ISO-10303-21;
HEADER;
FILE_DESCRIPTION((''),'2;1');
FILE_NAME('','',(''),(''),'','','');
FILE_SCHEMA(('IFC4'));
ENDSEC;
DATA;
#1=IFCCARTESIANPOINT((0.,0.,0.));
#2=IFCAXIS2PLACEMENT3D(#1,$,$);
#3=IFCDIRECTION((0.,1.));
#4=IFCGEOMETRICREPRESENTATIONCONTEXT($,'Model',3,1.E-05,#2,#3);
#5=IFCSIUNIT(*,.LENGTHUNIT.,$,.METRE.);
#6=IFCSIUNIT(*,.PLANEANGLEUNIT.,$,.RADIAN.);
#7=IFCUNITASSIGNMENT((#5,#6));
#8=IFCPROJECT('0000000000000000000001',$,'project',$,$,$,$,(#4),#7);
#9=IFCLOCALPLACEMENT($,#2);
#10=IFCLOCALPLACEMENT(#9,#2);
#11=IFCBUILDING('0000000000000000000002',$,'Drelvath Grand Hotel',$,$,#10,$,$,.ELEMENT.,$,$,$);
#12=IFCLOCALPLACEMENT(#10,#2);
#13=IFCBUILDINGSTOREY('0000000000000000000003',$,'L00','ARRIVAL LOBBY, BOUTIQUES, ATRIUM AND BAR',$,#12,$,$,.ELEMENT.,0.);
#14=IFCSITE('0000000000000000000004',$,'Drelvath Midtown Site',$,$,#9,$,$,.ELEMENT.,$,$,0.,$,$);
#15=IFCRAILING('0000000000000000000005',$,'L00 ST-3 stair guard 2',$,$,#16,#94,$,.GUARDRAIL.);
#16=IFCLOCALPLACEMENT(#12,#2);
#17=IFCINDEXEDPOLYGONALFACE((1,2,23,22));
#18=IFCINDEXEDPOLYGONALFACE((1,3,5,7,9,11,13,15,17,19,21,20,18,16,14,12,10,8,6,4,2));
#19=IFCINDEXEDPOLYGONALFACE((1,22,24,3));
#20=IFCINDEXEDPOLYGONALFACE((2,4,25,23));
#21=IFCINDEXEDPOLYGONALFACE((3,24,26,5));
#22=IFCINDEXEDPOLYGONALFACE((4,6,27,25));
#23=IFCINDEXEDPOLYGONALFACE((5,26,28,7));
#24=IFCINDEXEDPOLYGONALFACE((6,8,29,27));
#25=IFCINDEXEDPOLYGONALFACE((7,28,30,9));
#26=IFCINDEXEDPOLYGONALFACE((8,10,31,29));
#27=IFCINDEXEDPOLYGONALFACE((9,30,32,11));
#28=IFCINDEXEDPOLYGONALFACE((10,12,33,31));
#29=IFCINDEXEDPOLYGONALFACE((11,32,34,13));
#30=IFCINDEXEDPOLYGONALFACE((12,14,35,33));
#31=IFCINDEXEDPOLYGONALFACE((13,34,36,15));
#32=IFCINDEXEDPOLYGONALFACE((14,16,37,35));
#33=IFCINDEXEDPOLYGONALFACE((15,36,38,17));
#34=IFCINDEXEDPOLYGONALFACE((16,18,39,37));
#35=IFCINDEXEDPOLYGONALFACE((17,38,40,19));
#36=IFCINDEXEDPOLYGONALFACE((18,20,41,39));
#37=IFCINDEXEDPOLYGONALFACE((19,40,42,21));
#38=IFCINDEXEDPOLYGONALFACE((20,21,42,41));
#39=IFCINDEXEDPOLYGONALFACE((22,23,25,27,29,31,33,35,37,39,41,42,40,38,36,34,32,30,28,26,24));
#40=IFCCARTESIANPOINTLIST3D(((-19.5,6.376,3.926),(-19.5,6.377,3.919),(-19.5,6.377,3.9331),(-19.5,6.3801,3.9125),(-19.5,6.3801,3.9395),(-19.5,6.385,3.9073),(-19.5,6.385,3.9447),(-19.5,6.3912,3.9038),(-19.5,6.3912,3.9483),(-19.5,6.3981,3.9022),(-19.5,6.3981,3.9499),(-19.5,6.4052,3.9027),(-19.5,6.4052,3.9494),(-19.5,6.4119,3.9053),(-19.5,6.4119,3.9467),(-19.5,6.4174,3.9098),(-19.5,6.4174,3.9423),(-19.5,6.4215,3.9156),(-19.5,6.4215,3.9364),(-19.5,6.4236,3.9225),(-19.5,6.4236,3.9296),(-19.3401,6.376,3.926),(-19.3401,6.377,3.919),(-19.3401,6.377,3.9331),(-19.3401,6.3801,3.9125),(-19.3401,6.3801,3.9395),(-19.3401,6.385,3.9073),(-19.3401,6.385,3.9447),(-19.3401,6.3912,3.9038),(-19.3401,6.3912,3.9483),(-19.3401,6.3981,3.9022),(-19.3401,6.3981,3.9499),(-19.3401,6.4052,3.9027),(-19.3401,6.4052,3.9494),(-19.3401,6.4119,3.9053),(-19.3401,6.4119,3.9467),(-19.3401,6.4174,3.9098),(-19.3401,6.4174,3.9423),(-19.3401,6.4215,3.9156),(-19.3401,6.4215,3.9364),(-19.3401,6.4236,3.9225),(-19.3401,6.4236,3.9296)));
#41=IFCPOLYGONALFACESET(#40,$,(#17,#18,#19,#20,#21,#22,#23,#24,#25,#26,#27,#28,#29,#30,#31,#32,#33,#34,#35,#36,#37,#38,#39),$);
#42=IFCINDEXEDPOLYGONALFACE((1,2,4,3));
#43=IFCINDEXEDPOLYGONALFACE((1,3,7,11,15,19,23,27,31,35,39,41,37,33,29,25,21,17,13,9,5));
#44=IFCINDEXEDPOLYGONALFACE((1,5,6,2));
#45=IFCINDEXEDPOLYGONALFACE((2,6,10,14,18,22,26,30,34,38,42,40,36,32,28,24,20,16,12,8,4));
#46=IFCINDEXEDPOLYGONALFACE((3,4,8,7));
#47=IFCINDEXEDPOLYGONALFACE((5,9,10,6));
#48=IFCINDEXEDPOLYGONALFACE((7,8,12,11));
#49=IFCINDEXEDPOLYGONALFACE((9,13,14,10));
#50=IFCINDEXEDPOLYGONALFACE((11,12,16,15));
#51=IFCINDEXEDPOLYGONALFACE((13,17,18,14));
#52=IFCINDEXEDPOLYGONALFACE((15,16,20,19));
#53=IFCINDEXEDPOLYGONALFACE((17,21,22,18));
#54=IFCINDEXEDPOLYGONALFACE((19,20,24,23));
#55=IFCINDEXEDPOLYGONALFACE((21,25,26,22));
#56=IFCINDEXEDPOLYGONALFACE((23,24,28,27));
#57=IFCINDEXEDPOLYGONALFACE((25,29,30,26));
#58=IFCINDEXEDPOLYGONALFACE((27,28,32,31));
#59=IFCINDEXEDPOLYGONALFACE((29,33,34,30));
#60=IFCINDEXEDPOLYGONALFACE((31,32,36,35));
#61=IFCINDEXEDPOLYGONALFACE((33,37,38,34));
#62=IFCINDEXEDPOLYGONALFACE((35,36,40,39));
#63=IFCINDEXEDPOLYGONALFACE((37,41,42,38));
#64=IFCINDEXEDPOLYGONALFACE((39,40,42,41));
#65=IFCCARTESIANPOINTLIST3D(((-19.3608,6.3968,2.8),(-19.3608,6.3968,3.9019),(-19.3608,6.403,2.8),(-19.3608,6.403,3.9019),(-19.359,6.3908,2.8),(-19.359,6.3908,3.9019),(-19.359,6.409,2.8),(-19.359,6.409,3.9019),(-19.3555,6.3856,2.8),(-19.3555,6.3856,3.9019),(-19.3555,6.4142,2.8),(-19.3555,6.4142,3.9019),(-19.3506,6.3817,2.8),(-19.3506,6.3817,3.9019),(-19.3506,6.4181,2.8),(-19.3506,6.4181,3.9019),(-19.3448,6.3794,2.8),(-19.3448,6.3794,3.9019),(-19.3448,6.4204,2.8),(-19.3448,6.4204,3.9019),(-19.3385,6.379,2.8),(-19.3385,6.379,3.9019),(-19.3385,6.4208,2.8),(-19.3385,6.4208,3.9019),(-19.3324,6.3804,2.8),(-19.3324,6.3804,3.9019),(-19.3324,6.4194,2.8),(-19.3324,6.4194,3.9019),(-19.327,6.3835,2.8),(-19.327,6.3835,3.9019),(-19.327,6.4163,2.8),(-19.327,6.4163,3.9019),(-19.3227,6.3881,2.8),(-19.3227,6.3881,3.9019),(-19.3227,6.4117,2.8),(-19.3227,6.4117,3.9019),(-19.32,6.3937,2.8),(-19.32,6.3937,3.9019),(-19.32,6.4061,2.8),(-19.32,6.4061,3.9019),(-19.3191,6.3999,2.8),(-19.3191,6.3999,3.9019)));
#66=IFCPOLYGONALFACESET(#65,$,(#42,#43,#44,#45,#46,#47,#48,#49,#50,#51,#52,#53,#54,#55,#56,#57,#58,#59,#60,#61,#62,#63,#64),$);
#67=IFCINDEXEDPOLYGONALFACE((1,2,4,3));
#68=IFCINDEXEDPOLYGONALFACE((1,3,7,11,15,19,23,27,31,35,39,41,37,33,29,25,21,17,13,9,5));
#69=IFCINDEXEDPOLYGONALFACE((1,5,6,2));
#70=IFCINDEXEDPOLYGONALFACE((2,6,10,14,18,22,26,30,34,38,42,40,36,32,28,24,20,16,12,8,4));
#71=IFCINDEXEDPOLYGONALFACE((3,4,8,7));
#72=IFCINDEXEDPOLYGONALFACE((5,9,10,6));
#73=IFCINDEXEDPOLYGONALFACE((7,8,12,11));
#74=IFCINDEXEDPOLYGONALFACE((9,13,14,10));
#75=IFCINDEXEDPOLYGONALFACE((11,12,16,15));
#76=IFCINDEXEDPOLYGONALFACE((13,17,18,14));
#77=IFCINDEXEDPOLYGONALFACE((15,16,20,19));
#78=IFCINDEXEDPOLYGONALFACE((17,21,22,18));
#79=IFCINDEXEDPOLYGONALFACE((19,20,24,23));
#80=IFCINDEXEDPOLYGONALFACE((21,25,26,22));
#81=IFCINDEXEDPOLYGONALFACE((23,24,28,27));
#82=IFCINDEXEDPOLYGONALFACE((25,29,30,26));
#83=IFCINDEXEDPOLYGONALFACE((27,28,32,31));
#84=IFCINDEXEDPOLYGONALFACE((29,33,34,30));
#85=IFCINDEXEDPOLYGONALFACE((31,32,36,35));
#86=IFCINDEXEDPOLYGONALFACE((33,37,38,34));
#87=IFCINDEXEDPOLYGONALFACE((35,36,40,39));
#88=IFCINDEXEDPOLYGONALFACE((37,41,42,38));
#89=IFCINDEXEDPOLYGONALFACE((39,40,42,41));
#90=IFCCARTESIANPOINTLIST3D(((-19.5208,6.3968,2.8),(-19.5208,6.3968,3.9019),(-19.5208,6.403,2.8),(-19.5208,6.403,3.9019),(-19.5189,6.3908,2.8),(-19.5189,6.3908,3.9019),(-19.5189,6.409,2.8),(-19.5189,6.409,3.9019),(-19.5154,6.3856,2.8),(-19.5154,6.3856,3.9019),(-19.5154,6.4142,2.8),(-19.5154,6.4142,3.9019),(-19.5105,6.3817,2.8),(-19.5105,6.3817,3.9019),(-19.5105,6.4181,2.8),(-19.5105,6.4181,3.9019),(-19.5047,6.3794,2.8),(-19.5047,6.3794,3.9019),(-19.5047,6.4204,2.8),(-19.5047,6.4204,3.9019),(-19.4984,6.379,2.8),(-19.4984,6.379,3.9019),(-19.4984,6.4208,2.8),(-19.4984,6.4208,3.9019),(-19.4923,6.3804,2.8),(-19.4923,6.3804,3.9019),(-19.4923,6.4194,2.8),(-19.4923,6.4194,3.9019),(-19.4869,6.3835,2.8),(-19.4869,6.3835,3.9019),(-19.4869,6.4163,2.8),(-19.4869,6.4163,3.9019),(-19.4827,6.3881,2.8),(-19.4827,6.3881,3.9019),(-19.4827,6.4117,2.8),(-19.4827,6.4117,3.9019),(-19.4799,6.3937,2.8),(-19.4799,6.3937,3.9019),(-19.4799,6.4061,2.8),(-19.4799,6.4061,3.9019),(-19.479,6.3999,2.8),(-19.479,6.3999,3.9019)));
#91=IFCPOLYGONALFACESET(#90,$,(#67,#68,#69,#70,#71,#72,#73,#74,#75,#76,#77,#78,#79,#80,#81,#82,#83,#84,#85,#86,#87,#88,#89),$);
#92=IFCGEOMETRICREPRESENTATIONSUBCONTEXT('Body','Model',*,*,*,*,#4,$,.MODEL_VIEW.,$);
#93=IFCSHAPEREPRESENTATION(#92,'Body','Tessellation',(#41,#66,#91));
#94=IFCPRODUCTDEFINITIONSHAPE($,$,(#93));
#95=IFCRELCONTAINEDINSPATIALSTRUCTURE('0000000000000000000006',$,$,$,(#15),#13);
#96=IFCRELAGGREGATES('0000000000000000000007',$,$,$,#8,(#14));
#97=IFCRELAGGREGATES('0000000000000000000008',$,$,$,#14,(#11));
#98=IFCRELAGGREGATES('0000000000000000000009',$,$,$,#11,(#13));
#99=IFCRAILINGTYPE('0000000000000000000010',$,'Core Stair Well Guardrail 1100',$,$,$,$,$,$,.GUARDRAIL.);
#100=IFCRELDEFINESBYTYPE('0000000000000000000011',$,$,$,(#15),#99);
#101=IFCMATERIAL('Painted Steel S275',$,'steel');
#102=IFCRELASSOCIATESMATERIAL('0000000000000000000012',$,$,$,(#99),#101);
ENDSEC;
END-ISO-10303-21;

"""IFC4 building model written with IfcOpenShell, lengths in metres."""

from ifc_helpers import new_model, si_unit, direction, frame, origin, origin_2d, place, context, subcontext, project, spatial, circle, extrude, material, type_object, element, save


model = new_model("IFC4")

# Units and contexts
model_context = context("Model", 3, precision=1e-05, world=origin(), true_north=direction((0.0, 1.0)))
body_context = subcontext(model_context, "Body", "Model", "MODEL_VIEW")
ifc_project = project(units=[si_unit("LENGTHUNIT", "METRE"), si_unit("PLANEANGLEUNIT", "RADIAN")], contexts=[model_context])

# Site, building, storey
site_placement = place(None, origin())
site = spatial("IfcSite", under=ifc_project, at=site_placement, Name="Drelvath Midtown Site", CompositionType="ELEMENT", RefElevation=0.0)
building_placement = place(site_placement, origin())
building = spatial("IfcBuilding", under=site, at=building_placement, Name="Drelvath Grand Hotel", CompositionType="ELEMENT")
storey_placement = place(building_placement, origin())
storey = spatial("IfcBuildingStorey", under=building, at=storey_placement, Name="L00", Description="ARRIVAL LOBBY, BOUTIQUES, ATRIUM AND BAR", CompositionType="ELEMENT", Elevation=0.0)

# Railing
ifc_material_1 = material(Name="Painted Steel S275", Category="steel")
railing_type_1 = type_object("IfcRailingType", Name="Core Stair Well Guardrail 1100", PredefinedType="GUARDRAIL", material=ifc_material_1)
railing_1_placement = place(storey_placement, frame((-19.3401, 6.3999, 2.8)))
element("IfcRailing", 1, at=railing_1_placement, inside=storey, type_object=railing_type_1, Name="L00 ST-3 stair guard 2", PredefinedType="GUARDRAIL", context=body_context, shape_type="SweptSolid", body=[
    extrude(circle(Radius=0.0239, at=origin_2d()), frame((0.0, 0.0, 1.126), z_axis=(-1.0, 0.0, 0.0), x_axis=(0.0, -1.0, 0.0)), (0.0, 0.0, 1.0), 0.1599),
    extrude(circle(Radius=0.021, at=origin_2d()), origin(), (0.0, 0.0, 1.0), 1.1018),
    extrude(circle(Radius=0.021, at=origin_2d()), frame((-0.1599, 0.0, 0.0)), (0.0, 0.0, 1.0), 1.1018),
])

save(model, "model.ifc")
